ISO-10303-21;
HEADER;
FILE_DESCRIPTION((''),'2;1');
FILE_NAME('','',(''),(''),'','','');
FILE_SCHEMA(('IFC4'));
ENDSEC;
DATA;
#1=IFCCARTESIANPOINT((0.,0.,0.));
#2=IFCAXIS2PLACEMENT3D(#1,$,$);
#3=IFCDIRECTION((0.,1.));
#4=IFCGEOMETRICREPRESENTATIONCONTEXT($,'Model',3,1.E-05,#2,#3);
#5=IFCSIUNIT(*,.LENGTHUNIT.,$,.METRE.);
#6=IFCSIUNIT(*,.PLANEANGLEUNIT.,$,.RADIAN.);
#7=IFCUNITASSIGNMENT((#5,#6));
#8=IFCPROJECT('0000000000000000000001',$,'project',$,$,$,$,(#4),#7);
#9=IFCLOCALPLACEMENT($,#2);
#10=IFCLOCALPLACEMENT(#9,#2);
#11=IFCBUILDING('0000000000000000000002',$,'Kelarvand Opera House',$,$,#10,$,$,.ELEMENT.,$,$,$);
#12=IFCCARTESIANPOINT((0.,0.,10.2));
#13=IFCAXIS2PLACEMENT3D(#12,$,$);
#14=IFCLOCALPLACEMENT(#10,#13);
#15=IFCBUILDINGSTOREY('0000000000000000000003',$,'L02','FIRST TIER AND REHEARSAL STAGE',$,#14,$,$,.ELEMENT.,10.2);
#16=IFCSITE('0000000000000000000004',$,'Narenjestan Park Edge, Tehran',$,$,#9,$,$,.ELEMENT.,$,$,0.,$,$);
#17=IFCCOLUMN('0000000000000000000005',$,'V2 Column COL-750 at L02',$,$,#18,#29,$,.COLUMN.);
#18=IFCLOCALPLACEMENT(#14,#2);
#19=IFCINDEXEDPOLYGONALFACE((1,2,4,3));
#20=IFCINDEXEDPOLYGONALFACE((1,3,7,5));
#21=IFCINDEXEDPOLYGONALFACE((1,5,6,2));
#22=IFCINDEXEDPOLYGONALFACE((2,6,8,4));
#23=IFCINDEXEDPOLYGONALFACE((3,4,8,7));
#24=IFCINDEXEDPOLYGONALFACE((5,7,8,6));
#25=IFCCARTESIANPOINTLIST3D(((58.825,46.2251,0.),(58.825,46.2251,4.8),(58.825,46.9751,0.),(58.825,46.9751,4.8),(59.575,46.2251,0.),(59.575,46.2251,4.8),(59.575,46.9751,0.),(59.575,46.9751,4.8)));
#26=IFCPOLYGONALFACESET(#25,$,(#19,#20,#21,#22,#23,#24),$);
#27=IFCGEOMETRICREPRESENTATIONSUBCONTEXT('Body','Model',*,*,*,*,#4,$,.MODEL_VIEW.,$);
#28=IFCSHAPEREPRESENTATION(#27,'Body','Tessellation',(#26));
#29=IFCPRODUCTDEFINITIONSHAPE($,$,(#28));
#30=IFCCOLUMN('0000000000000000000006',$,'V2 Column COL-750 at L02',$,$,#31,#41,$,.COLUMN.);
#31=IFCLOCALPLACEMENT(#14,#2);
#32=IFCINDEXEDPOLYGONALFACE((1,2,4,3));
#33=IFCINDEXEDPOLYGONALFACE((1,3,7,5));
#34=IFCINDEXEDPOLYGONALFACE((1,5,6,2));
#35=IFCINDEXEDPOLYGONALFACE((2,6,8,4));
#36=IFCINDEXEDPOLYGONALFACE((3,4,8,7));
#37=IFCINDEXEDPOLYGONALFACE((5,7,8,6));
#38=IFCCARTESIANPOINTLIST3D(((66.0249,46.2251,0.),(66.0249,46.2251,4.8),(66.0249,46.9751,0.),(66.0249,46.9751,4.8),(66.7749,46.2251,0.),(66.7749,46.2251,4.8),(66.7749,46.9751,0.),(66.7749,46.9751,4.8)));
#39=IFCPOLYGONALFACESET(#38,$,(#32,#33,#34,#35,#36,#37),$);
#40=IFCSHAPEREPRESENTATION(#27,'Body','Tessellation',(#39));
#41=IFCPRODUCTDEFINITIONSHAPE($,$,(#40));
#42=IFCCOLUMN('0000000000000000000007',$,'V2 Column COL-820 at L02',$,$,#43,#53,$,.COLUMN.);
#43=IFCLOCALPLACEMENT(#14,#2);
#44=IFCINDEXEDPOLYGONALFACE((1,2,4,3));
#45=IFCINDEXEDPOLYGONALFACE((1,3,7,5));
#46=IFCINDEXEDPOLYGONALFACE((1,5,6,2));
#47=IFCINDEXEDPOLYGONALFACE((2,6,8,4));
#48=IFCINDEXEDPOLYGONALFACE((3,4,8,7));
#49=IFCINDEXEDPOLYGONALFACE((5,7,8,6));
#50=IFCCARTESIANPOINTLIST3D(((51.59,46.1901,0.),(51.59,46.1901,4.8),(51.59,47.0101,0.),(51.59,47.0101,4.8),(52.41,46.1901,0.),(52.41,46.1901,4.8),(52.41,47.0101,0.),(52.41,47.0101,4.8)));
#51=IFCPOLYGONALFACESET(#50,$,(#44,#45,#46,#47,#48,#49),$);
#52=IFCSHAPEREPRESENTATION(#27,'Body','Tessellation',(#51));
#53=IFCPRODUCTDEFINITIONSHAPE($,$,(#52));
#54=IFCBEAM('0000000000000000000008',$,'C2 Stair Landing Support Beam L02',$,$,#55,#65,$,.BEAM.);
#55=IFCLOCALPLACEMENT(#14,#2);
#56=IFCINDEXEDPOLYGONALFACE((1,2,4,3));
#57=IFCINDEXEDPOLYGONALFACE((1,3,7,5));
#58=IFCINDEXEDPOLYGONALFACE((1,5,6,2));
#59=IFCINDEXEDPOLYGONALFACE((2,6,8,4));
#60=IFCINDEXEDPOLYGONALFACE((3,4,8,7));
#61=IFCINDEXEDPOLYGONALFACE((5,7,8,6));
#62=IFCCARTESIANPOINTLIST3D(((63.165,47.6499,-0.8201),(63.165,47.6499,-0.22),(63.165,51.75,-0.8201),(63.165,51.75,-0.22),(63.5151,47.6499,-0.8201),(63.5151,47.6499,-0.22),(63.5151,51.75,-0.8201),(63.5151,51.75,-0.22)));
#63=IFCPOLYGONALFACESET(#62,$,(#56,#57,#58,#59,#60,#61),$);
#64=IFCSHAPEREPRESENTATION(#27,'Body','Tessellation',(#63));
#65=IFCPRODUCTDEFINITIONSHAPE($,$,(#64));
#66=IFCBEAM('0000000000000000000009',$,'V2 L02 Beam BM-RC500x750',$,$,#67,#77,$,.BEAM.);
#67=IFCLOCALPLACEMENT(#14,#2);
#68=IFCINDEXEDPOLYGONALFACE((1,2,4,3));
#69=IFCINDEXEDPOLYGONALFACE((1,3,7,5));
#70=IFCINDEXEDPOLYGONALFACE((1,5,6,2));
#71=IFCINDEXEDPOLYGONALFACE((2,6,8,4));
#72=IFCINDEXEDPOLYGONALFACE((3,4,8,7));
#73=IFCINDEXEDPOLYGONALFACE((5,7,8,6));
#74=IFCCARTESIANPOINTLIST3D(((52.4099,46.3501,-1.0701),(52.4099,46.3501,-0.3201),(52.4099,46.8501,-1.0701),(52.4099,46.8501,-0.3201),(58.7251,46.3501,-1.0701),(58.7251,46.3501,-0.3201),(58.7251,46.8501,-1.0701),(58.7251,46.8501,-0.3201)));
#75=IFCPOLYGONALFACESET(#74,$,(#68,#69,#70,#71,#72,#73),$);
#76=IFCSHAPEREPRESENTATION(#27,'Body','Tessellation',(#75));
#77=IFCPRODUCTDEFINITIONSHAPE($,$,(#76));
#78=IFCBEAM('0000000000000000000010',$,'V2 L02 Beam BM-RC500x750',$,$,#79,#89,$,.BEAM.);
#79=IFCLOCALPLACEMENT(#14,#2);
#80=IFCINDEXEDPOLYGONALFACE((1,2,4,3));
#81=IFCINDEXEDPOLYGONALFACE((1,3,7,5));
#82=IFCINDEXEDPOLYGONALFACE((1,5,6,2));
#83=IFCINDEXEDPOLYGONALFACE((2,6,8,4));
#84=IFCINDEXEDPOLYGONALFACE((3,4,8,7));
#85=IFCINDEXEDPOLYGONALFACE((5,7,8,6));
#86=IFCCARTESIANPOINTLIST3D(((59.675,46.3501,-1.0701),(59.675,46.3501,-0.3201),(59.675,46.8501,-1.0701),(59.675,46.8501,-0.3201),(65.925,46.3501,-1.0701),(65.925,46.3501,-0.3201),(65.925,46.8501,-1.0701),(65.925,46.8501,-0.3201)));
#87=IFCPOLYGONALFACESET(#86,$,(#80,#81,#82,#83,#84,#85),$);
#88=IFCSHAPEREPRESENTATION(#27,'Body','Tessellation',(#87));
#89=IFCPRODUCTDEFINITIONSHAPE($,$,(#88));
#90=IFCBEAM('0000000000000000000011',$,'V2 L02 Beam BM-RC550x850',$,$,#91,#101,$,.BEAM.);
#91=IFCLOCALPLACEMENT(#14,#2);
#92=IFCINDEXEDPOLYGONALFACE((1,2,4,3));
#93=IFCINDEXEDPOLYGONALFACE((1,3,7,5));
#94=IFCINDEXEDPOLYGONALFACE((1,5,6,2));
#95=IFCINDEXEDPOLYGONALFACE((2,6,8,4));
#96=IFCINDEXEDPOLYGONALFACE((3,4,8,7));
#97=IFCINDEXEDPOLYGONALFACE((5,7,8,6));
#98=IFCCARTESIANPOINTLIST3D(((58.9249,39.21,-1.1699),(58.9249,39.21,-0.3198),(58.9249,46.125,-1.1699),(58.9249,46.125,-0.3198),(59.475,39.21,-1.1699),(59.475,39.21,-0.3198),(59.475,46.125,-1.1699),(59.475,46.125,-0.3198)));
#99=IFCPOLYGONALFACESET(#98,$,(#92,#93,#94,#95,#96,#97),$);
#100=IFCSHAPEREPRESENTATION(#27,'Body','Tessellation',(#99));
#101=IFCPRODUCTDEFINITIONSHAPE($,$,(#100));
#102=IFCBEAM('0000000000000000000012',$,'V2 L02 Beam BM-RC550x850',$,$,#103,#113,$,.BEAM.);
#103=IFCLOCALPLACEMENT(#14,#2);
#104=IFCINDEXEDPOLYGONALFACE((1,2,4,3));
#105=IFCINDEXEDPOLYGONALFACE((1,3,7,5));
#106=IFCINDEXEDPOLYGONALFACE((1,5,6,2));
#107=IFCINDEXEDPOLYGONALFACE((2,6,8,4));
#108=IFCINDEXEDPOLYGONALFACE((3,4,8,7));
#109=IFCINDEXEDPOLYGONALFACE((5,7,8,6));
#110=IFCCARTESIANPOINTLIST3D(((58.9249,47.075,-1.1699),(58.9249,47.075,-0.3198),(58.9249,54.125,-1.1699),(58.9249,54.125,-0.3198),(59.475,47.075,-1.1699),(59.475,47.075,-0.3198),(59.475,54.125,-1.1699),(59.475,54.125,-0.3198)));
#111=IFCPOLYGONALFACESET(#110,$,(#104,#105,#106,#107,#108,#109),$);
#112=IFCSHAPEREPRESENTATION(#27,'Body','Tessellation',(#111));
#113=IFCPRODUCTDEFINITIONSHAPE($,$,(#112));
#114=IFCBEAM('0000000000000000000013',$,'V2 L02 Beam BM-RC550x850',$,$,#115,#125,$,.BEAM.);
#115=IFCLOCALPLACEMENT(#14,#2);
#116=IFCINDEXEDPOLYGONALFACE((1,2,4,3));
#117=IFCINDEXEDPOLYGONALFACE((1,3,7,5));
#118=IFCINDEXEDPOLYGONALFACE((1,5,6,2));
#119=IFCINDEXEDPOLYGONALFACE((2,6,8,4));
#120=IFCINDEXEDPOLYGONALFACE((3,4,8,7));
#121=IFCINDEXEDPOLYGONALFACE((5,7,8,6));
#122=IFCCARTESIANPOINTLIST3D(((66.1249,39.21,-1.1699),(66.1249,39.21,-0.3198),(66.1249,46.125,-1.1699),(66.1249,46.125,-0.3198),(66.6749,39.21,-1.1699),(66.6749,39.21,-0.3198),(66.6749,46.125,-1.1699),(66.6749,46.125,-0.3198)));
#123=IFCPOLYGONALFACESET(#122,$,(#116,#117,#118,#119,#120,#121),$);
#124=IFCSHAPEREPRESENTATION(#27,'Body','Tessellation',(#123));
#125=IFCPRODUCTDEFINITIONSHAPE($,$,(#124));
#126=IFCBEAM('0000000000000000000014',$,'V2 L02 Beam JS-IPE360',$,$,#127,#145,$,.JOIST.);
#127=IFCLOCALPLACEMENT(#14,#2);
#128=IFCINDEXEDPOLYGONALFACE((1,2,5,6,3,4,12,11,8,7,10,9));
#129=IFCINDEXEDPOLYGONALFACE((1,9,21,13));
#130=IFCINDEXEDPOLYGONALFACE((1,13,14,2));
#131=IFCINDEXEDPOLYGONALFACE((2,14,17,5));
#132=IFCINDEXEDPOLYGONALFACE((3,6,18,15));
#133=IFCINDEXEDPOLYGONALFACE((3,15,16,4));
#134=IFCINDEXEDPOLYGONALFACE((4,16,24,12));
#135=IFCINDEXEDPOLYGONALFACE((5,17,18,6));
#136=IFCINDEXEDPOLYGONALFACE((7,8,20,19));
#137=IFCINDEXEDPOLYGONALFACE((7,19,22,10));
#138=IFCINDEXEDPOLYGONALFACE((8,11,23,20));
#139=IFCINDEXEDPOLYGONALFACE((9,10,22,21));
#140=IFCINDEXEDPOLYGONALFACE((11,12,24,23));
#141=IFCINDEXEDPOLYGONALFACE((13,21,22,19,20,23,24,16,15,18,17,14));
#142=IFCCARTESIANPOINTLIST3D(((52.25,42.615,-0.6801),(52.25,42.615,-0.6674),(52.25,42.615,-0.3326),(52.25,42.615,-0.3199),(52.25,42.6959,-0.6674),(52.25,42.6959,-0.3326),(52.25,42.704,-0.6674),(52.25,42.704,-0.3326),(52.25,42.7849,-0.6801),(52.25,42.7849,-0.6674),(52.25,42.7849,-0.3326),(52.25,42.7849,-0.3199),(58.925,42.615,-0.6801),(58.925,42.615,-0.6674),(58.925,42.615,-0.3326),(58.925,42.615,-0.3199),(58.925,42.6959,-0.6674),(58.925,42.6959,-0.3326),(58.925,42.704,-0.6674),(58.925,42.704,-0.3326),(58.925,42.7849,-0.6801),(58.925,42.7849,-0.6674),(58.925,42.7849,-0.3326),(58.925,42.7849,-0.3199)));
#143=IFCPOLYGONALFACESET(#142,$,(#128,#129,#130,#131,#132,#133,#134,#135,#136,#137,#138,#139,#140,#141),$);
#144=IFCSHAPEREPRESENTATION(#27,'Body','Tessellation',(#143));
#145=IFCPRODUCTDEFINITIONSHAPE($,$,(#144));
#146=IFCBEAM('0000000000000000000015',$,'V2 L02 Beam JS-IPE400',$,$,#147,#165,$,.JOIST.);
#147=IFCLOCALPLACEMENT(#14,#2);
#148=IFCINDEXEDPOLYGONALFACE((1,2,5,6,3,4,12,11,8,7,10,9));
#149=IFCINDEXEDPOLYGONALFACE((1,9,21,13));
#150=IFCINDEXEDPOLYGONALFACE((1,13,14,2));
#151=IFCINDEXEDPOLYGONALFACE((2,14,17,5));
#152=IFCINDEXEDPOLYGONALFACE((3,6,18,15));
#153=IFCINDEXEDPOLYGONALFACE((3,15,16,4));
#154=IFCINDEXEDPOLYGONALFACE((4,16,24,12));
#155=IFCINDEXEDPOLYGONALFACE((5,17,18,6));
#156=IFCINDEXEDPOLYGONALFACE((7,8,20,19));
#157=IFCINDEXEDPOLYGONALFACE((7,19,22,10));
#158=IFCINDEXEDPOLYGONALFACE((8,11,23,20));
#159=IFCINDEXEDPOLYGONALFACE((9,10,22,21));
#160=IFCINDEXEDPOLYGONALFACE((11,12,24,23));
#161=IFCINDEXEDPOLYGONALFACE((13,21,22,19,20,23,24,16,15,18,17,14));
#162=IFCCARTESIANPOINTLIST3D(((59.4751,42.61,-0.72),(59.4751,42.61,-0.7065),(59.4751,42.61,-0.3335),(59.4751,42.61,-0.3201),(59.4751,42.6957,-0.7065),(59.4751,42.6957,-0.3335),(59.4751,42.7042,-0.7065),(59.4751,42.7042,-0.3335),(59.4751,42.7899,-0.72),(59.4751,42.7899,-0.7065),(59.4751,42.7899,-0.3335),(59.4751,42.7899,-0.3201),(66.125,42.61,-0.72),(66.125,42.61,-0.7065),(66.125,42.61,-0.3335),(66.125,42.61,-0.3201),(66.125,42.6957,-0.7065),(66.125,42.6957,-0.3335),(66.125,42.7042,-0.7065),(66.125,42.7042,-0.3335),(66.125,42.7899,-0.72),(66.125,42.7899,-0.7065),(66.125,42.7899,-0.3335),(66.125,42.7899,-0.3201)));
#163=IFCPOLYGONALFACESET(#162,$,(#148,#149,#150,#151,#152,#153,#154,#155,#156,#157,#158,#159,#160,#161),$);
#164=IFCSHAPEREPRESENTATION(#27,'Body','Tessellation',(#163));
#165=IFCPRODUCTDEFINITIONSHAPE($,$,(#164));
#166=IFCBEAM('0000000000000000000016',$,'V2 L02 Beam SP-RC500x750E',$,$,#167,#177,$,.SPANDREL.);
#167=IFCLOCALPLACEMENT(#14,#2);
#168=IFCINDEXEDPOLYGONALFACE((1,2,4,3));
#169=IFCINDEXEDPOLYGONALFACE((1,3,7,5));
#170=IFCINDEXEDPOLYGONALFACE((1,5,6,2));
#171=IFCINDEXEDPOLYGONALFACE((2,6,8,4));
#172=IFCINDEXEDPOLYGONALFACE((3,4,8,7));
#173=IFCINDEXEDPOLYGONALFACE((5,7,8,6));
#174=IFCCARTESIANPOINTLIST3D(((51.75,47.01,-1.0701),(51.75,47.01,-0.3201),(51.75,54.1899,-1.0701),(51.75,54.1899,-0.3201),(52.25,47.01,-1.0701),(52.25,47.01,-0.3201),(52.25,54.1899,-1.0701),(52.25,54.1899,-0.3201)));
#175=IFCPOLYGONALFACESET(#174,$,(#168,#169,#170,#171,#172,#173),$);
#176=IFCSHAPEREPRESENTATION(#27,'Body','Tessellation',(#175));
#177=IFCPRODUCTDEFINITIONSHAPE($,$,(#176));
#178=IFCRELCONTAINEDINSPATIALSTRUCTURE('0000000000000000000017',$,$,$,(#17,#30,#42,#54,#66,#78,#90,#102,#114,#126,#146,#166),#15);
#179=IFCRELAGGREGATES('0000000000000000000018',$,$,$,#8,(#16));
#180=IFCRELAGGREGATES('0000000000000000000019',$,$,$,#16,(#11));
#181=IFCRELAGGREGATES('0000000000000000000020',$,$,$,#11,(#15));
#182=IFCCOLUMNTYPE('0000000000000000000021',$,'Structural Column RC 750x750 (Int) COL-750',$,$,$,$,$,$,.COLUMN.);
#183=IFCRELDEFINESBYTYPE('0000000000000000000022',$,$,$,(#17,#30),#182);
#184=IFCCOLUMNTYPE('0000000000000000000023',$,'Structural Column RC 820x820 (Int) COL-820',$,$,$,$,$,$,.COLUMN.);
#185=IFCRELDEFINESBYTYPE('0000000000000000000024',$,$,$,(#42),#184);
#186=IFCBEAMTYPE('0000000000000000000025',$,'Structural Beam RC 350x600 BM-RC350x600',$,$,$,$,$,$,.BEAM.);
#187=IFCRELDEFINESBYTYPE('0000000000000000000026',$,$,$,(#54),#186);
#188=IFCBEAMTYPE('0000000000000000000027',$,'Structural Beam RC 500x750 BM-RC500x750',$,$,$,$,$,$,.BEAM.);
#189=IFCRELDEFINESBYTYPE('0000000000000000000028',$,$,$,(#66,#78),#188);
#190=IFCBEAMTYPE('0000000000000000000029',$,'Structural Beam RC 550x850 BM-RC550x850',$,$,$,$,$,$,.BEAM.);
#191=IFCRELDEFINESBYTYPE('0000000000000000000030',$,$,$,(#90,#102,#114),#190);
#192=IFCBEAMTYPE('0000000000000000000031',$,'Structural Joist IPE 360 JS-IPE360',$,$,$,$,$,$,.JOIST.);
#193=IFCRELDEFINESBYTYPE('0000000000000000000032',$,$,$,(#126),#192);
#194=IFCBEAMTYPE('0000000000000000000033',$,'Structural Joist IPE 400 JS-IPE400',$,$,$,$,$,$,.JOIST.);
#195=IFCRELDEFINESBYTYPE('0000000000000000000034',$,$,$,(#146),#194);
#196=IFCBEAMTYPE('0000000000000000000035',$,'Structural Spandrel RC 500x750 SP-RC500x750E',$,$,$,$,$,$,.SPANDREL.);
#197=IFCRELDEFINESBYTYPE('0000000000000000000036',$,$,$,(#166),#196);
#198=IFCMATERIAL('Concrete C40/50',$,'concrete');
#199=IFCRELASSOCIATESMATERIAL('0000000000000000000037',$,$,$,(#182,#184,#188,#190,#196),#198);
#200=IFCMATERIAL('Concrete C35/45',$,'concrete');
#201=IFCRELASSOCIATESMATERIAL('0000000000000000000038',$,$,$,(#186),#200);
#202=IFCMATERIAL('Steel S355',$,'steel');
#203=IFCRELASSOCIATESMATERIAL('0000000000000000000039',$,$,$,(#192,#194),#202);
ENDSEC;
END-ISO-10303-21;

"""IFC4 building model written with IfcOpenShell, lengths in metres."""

from ifc_helpers import new_model, si_unit, direction, frame, origin, origin_2d, place, context, subcontext, project, spatial, rectangle, i_section, extrude, material, material_profile, profile_set, type_object, element, save


model = new_model("IFC4")

# Units and contexts
model_context = context("Model", 3, precision=1e-05, world=origin(), true_north=direction((0.0, 1.0)))
body_context = subcontext(model_context, "Body", "Model", "MODEL_VIEW")
ifc_project = project(units=[si_unit("LENGTHUNIT", "METRE"), si_unit("PLANEANGLEUNIT", "RADIAN")], contexts=[model_context])

# Site, building, storey
site_placement = place(None, origin())
site = spatial("IfcSite", under=ifc_project, at=site_placement, Name="Narenjestan Park Edge, Tehran", CompositionType="ELEMENT", RefElevation=0.0)
building_placement = place(site_placement, origin())
building = spatial("IfcBuilding", under=site, at=building_placement, Name="Kelarvand Opera House", CompositionType="ELEMENT")
storey_placement = place(building_placement, frame((0.0, 0.0, 10.2)))
storey = spatial("IfcBuildingStorey", under=building, at=storey_placement, Name="L02", Description="FIRST TIER AND REHEARSAL STAGE", CompositionType="ELEMENT", Elevation=10.2)

# Columns
ifc_material_1 = material(Name="Concrete C40/50", Category="concrete")
ifc_material_profile_1 = material_profile(ifc_material_1, rectangle(XDim=0.75, YDim=0.75, at=origin_2d()), Name="RC 750x750", Category="concrete")
ifc_profile_set_1 = profile_set([ifc_material_profile_1], Name="Concrete C40/50")
column_type_1 = type_object("IfcColumnType", Name="Structural Column RC 750x750 (Int) COL-750", PredefinedType="COLUMN", material=ifc_profile_set_1)
for number, where, z_axis, x_axis, name in (
    (1, (59.2, 46.6001, 0.0), (0.0, 0.0, 1.0), (1.0, 0.0, 0.0), "V2 Column COL-750 at L02"),
    (2, (66.3999, 46.6001, 0.0), (0.0, 0.0, 1.0), (1.0, 0.0, 0.0), "V2 Column COL-750 at L02"),
):
    element("IfcColumn", number, at=place(storey_placement, frame(where, z_axis=z_axis, x_axis=x_axis)), inside=storey, type_object=column_type_1, Name=name, PredefinedType="COLUMN", context=body_context, shape_type="SweptSolid", body=[
        extrude(rectangle(XDim=0.75, YDim=0.75, at=origin_2d()), origin(), (0.0, 0.0, 1.0), 4.8),
    ])
ifc_material_profile_2 = material_profile(ifc_material_1, rectangle(XDim=0.8201, YDim=0.8201, at=origin_2d()), Name="RC 820x820", Category="concrete")
ifc_profile_set_2 = profile_set([ifc_material_profile_2], Name="Concrete C40/50")
column_type_2 = type_object("IfcColumnType", Name="Structural Column RC 820x820 (Int) COL-820", PredefinedType="COLUMN", material=ifc_profile_set_2)
column_placement = place(storey_placement, frame((52.0, 46.6001, 0.0), z_axis=(0.0, 0.0, 1.0), x_axis=(1.0, 0.0, 0.0)))
element("IfcColumn", 3, at=column_placement, inside=storey, type_object=column_type_2, Name="V2 Column COL-820 at L02", PredefinedType="COLUMN", context=body_context, shape_type="SweptSolid", body=[
    extrude(rectangle(XDim=0.8201, YDim=0.8201, at=origin_2d()), origin(), (0.0, 0.0, 1.0), 4.8),
])

# Beams
ifc_material_2 = material(Name="Concrete C35/45", Category="concrete")
ifc_material_profile_3 = material_profile(ifc_material_2, rectangle(XDim=0.3501, YDim=0.6001, at=origin_2d()), Name="RC 350x600", Category="concrete")
ifc_profile_set_3 = profile_set([ifc_material_profile_3], Name="Concrete C35/45")
beam_type_1 = type_object("IfcBeamType", Name="Structural Beam RC 350x600 BM-RC350x600", PredefinedType="BEAM", material=ifc_profile_set_3)
beam_1_placement = place(storey_placement, frame((63.3401, 47.6499, -0.52), z_axis=(0.0, 1.0, 0.0), x_axis=(-1.0, 0.0, 0.0)))
element("IfcBeam", 4, at=beam_1_placement, inside=storey, type_object=beam_type_1, Name="C2 Stair Landing Support Beam L02", PredefinedType="BEAM", context=body_context, shape_type="SweptSolid", body=[
    extrude(rectangle(XDim=0.3501, YDim=0.6001, at=origin_2d()), origin(), (0.0, 0.0, 1.0), 4.1001),
])
ifc_material_profile_4 = material_profile(ifc_material_1, rectangle(XDim=0.5, YDim=0.75, at=origin_2d()), Name="RC 500x750", Category="concrete")
ifc_profile_set_4 = profile_set([ifc_material_profile_4], Name="Concrete C40/50")
beam_type_2 = type_object("IfcBeamType", Name="Structural Beam RC 500x750 BM-RC500x750", PredefinedType="BEAM", material=ifc_profile_set_4)
beam_2_placement = place(storey_placement, frame((52.4099, 46.6001, -0.6951), z_axis=(1.0, 0.0, 0.0), x_axis=(0.0, 1.0, 0.0)))
element("IfcBeam", 5, at=beam_2_placement, inside=storey, type_object=beam_type_2, Name="V2 L02 Beam BM-RC500x750", PredefinedType="BEAM", context=body_context, shape_type="SweptSolid", body=[
    extrude(rectangle(XDim=0.5, YDim=0.75, at=origin_2d()), origin(), (0.0, 0.0, 1.0), 6.3152),
])
beam_3_placement = place(storey_placement, frame((59.675, 46.6001, -0.6951), z_axis=(1.0, 0.0, 0.0), x_axis=(0.0, 1.0, 0.0)))
element("IfcBeam", 6, at=beam_3_placement, inside=storey, type_object=beam_type_2, Name="V2 L02 Beam BM-RC500x750", PredefinedType="BEAM", context=body_context, shape_type="SweptSolid", body=[
    extrude(rectangle(XDim=0.5, YDim=0.75, at=origin_2d()), origin(), (0.0, 0.0, 1.0), 6.25),
])
ifc_material_profile_5 = material_profile(ifc_material_1, rectangle(XDim=0.55, YDim=0.8501, at=origin_2d()), Name="RC 550x850", Category="concrete")
ifc_profile_set_5 = profile_set([ifc_material_profile_5], Name="Concrete C40/50")
beam_type_3 = type_object("IfcBeamType", Name="Structural Beam RC 550x850 BM-RC550x850", PredefinedType="BEAM", material=ifc_profile_set_5)
beam_4_placement = place(storey_placement, frame((59.2, 39.21, -0.7449), z_axis=(0.0, 1.0, 0.0), x_axis=(-1.0, 0.0, 0.0)))
element("IfcBeam", 7, at=beam_4_placement, inside=storey, type_object=beam_type_3, Name="V2 L02 Beam BM-RC550x850", PredefinedType="BEAM", context=body_context, shape_type="SweptSolid", body=[
    extrude(rectangle(XDim=0.55, YDim=0.8501, at=origin_2d()), origin(), (0.0, 0.0, 1.0), 6.915),
])
beam_5_placement = place(storey_placement, frame((59.2, 47.075, -0.7449), z_axis=(0.0, 1.0, 0.0), x_axis=(-1.0, 0.0, 0.0)))
element("IfcBeam", 8, at=beam_5_placement, inside=storey, type_object=beam_type_3, Name="V2 L02 Beam BM-RC550x850", PredefinedType="BEAM", context=body_context, shape_type="SweptSolid", body=[
    extrude(rectangle(XDim=0.55, YDim=0.8501, at=origin_2d()), origin(), (0.0, 0.0, 1.0), 7.05),
])
beam_6_placement = place(storey_placement, frame((66.3999, 39.21, -0.7449), z_axis=(0.0, 1.0, 0.0), x_axis=(-1.0, 0.0, 0.0)))
element("IfcBeam", 9, at=beam_6_placement, inside=storey, type_object=beam_type_3, Name="V2 L02 Beam BM-RC550x850", PredefinedType="BEAM", context=body_context, shape_type="SweptSolid", body=[
    extrude(rectangle(XDim=0.55, YDim=0.8501, at=origin_2d()), origin(), (0.0, 0.0, 1.0), 6.915),
])
ifc_material_3 = material(Name="Steel S355", Category="steel")
ifc_material_profile_6 = material_profile(ifc_material_3, i_section(OverallWidth=0.1699, OverallDepth=0.3601, WebThickness=0.0081, FlangeThickness=0.0127, at=origin_2d()), Name="IPE 360", Category="steel")
ifc_profile_set_6 = profile_set([ifc_material_profile_6], Name="Steel S355")
beam_type_4 = type_object("IfcBeamType", Name="Structural Joist IPE 360 JS-IPE360", PredefinedType="JOIST", material=ifc_profile_set_6)
beam_7_placement = place(storey_placement, frame((52.25, 42.7, -0.5), z_axis=(1.0, 0.0, 0.0), x_axis=(0.0, 1.0, 0.0)))
element("IfcBeam", 10, at=beam_7_placement, inside=storey, type_object=beam_type_4, Name="V2 L02 Beam JS-IPE360", PredefinedType="JOIST", context=body_context, shape_type="SweptSolid", body=[
    extrude(i_section(OverallWidth=0.1699, OverallDepth=0.3601, WebThickness=0.0081, FlangeThickness=0.0127, at=origin_2d()), origin(), (0.0, 0.0, 1.0), 6.675),
])
ifc_material_profile_7 = material_profile(ifc_material_3, i_section(OverallWidth=0.1799, OverallDepth=0.3999, WebThickness=0.0085, FlangeThickness=0.0134, at=origin_2d()), Name="IPE 400", Category="steel")
ifc_profile_set_7 = profile_set([ifc_material_profile_7], Name="Steel S355")
beam_type_5 = type_object("IfcBeamType", Name="Structural Joist IPE 400 JS-IPE400", PredefinedType="JOIST", material=ifc_profile_set_7)
beam_8_placement = place(storey_placement, frame((59.4751, 42.7, -0.52), z_axis=(1.0, 0.0, 0.0), x_axis=(0.0, 1.0, 0.0)))
element("IfcBeam", 11, at=beam_8_placement, inside=storey, type_object=beam_type_5, Name="V2 L02 Beam JS-IPE400", PredefinedType="JOIST", context=body_context, shape_type="SweptSolid", body=[
    extrude(i_section(OverallWidth=0.1799, OverallDepth=0.3999, WebThickness=0.0085, FlangeThickness=0.0134, at=origin_2d()), origin(), (0.0, 0.0, 1.0), 6.6499),
])
ifc_material_profile_8 = material_profile(ifc_material_1, rectangle(XDim=0.5, YDim=0.75, at=origin_2d()), Name="RC 500x750", Category="concrete")
ifc_profile_set_8 = profile_set([ifc_material_profile_8], Name="Concrete C40/50")
beam_type_6 = type_object("IfcBeamType", Name="Structural Spandrel RC 500x750 SP-RC500x750E", PredefinedType="SPANDREL", material=ifc_profile_set_8)
beam_9_placement = place(storey_placement, frame((52.0, 47.01, -0.6951), z_axis=(0.0, 1.0, 0.0), x_axis=(-1.0, 0.0, 0.0)))
element("IfcBeam", 12, at=beam_9_placement, inside=storey, type_object=beam_type_6, Name="V2 L02 Beam SP-RC500x750E", PredefinedType="SPANDREL", context=body_context, shape_type="SweptSolid", body=[
    extrude(rectangle(XDim=0.5, YDim=0.75, at=origin_2d()), origin(), (0.0, 0.0, 1.0), 7.1799),
])

save(model, "model.ifc")
